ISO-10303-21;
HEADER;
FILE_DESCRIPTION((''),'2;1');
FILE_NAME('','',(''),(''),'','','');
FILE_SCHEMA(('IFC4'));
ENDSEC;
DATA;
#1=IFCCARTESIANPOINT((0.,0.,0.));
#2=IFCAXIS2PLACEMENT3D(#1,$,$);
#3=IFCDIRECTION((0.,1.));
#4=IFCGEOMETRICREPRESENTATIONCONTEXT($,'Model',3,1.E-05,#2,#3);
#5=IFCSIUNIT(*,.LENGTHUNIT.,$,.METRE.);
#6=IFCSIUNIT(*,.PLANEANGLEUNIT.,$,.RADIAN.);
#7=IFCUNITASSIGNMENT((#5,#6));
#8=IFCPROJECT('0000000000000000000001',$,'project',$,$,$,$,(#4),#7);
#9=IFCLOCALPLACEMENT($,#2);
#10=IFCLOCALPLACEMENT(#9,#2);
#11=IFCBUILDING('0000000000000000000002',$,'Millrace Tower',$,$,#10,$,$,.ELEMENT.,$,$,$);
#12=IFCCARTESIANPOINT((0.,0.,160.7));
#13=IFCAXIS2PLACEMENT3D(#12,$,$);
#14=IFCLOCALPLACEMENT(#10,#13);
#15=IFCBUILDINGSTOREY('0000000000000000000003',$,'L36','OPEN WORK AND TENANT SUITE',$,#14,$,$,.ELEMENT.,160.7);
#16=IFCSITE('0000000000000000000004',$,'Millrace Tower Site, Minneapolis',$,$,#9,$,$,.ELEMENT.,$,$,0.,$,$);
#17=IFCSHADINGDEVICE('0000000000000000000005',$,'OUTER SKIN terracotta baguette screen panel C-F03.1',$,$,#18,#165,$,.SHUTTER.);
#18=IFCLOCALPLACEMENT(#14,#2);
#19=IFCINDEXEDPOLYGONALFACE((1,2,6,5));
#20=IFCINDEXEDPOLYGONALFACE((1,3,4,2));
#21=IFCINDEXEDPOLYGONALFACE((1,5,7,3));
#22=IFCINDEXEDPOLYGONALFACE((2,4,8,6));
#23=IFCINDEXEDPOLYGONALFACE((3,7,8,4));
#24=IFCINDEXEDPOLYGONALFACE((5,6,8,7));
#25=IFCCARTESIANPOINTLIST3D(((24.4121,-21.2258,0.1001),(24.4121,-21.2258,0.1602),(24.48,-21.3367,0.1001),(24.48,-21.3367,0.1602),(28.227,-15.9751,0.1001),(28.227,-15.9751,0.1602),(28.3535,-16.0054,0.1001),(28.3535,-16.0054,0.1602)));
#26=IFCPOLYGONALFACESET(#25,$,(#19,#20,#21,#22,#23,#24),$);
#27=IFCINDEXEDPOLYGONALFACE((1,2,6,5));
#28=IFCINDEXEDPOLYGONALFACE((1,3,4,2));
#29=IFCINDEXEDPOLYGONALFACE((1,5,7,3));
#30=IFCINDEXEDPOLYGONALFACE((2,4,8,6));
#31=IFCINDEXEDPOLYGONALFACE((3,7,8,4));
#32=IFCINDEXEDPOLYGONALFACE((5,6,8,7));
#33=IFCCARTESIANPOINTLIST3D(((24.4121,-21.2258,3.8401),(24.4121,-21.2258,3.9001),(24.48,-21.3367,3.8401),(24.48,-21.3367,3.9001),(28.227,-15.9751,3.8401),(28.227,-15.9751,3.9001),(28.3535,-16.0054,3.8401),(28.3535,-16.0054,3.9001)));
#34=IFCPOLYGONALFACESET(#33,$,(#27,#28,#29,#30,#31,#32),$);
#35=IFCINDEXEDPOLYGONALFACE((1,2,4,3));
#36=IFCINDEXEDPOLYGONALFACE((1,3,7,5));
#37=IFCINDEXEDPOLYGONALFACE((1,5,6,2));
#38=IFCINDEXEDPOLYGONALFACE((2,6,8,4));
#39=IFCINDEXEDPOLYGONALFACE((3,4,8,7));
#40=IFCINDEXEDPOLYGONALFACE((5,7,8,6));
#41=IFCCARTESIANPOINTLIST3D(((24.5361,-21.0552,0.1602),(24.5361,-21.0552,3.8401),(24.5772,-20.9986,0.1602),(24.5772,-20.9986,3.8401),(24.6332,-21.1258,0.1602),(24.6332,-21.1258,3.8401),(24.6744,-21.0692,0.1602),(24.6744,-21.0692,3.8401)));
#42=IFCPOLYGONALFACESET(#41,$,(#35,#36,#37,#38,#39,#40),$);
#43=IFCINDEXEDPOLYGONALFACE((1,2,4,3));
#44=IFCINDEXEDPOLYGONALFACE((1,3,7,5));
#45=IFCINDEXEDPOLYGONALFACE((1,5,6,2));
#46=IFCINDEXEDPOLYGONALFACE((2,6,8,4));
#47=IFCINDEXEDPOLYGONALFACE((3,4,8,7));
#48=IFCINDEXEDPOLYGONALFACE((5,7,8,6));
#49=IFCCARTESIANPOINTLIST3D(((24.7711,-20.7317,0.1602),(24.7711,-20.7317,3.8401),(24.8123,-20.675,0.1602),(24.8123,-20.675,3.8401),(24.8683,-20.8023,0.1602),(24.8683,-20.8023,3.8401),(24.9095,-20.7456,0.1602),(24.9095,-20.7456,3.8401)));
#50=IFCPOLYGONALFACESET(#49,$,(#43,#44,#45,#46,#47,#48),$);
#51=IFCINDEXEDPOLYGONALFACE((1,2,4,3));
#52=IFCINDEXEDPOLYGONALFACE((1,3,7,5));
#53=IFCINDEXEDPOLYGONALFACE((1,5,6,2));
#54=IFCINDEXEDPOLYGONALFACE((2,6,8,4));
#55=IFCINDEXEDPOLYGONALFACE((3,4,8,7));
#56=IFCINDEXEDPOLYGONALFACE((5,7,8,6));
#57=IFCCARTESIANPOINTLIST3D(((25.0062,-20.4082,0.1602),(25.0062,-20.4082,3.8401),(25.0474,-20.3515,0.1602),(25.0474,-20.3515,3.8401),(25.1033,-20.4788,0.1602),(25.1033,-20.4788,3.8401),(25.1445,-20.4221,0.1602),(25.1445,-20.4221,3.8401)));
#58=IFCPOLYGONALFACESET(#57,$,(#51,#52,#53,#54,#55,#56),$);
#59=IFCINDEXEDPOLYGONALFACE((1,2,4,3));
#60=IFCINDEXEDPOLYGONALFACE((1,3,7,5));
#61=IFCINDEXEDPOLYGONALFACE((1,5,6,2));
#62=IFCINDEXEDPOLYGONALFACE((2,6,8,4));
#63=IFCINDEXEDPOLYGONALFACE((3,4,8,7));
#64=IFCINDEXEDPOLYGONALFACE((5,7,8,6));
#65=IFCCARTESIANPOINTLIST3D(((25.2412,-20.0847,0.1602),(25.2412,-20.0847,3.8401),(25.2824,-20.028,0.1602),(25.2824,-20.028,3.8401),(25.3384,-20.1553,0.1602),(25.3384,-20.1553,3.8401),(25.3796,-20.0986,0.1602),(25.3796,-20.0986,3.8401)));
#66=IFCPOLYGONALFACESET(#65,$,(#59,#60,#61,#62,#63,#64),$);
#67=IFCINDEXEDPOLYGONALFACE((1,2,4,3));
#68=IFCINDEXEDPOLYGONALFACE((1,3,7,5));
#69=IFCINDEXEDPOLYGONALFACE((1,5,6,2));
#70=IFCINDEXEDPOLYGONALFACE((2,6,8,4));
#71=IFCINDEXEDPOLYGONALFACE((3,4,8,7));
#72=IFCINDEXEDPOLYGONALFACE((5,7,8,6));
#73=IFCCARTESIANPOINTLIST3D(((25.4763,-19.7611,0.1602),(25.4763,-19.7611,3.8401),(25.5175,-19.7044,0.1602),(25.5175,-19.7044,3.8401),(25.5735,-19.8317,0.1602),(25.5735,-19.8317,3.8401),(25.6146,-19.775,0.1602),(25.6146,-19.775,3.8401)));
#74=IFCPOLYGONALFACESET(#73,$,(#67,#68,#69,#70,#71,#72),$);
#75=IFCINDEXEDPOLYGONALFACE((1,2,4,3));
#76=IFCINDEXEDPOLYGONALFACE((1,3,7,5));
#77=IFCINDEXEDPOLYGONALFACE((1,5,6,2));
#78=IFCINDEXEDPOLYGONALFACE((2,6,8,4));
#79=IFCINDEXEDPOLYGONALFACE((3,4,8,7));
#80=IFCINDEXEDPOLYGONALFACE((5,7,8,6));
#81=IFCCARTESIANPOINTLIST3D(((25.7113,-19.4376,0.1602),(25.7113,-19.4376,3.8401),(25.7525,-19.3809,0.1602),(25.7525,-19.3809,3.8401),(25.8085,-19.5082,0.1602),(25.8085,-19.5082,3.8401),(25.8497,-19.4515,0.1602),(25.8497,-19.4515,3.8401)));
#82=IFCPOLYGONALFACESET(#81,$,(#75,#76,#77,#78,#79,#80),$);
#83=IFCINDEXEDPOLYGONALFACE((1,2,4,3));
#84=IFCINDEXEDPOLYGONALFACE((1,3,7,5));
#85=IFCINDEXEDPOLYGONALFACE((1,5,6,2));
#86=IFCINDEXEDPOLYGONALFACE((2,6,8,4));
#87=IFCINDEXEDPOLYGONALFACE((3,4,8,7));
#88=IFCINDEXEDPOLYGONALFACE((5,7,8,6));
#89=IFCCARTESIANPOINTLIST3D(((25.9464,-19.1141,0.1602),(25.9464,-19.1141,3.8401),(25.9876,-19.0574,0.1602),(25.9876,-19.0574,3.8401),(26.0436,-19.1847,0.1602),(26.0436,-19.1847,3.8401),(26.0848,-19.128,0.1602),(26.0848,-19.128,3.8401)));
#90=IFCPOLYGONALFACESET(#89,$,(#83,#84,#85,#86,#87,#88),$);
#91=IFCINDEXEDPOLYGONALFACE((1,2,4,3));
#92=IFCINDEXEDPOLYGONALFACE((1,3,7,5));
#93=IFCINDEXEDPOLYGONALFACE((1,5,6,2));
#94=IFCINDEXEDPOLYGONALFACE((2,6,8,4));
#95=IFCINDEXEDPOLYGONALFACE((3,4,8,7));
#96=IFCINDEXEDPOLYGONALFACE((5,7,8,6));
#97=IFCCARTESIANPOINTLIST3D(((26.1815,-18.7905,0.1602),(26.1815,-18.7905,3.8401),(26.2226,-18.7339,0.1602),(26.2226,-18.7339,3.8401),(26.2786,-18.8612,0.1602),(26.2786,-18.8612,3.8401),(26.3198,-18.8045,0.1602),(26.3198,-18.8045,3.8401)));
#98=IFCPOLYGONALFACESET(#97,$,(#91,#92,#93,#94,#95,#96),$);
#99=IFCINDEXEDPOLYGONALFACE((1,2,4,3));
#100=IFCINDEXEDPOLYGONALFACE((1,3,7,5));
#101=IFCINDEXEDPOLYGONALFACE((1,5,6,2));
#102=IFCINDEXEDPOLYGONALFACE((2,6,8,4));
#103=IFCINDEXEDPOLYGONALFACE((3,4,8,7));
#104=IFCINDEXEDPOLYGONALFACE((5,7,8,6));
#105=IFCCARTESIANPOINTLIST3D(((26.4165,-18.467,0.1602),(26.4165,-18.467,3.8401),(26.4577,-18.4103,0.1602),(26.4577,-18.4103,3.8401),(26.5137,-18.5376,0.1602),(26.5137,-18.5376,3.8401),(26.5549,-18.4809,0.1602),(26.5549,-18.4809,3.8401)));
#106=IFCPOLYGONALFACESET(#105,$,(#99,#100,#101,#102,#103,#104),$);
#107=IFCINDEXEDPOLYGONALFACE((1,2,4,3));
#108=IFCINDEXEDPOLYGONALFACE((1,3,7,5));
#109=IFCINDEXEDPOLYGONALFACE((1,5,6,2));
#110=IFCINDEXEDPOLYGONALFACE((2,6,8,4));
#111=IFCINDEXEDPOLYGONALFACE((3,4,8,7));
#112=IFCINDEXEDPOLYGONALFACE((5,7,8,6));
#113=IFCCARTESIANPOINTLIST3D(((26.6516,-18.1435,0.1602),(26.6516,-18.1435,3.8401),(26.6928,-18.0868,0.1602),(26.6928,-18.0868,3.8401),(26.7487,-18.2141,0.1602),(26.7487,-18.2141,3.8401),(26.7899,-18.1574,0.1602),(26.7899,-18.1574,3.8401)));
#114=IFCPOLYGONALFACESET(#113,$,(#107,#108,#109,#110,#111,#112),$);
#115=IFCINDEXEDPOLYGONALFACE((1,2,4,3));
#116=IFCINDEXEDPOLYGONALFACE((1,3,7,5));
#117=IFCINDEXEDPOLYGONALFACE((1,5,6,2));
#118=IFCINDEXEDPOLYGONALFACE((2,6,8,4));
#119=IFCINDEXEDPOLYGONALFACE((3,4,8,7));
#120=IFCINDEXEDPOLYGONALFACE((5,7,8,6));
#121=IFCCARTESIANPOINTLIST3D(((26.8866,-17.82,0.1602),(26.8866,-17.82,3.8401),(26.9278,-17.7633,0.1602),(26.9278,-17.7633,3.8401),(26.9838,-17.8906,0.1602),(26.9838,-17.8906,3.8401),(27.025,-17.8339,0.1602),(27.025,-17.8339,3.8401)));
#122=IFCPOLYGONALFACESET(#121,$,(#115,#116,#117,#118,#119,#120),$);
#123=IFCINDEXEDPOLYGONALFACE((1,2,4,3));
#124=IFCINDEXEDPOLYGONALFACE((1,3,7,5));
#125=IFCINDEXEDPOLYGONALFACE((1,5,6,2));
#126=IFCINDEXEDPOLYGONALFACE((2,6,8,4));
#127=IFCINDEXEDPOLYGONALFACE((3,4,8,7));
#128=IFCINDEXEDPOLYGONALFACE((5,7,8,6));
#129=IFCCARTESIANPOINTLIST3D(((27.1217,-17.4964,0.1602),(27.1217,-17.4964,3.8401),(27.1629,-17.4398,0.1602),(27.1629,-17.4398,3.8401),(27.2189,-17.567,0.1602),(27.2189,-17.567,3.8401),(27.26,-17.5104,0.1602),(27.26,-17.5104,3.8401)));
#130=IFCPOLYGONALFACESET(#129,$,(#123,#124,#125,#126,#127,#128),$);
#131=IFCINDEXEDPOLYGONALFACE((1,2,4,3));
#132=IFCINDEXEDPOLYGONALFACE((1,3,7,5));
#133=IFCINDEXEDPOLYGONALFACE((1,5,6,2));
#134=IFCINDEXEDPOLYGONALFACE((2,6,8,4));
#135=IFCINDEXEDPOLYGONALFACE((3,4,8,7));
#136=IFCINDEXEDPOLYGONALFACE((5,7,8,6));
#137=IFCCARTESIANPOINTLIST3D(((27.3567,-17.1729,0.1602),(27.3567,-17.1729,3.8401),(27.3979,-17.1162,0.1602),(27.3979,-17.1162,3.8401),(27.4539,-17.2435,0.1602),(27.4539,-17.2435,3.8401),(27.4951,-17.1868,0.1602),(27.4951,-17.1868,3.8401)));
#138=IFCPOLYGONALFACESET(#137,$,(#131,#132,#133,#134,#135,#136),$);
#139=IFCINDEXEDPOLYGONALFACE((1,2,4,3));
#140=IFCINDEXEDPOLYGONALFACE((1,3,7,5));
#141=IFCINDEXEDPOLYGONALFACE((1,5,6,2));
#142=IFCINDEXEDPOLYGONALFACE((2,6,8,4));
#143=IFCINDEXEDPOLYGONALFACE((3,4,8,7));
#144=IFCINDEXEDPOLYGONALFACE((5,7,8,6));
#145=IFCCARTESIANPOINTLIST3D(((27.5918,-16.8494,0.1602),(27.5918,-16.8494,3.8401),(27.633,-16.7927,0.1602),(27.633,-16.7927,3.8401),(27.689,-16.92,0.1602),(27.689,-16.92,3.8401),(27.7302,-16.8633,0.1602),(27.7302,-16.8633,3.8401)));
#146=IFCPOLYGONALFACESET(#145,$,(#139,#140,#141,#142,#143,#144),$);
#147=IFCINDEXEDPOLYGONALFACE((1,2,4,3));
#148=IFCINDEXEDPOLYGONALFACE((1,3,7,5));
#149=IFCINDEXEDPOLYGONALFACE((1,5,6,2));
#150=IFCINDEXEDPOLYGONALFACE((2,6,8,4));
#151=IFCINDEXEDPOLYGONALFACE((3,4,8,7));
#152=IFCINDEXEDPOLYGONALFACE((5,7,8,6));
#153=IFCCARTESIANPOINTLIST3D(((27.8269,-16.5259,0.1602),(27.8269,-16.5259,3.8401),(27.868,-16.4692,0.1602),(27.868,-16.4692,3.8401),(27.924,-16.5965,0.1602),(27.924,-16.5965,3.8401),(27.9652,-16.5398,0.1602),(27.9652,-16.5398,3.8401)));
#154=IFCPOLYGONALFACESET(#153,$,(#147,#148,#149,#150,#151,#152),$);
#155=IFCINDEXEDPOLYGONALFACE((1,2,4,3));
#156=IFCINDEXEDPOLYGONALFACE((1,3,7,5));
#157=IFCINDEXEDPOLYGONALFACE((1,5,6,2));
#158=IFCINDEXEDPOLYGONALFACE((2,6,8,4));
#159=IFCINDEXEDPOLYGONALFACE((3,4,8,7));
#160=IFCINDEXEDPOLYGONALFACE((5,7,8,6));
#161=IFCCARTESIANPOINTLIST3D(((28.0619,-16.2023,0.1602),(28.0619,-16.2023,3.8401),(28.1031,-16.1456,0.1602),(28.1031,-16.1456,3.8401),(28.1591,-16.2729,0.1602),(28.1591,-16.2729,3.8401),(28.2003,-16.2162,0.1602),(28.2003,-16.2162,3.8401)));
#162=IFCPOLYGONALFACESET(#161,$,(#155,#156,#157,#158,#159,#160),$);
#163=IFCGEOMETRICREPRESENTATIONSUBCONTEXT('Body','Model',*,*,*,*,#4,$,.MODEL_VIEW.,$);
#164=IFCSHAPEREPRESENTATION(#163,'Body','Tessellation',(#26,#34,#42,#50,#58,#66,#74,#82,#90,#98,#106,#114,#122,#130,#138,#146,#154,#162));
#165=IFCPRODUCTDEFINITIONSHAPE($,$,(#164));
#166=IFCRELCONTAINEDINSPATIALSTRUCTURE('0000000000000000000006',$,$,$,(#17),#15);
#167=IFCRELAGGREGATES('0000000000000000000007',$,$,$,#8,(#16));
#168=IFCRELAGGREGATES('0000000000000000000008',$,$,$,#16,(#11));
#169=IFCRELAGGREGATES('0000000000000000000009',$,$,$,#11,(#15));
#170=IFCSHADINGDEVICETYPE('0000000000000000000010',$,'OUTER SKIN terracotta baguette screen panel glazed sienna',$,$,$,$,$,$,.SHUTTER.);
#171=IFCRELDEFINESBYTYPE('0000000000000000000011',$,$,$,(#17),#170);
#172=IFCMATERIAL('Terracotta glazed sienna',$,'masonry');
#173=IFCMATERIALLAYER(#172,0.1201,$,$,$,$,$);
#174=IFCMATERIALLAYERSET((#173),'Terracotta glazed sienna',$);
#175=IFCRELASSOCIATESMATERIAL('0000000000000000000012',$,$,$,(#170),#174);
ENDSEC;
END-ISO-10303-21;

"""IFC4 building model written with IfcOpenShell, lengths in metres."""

from ifc_helpers import new_model, entity, si_unit, direction, frame, frame_2d, origin, place, context, subcontext, project, spatial, rectangle, extrude, source, transform, mapped, material, layer, layer_set, type_object, element, save


model = new_model("IFC4")

# Units and contexts
model_context = context("Model", 3, precision=1e-05, world=origin(), true_north=direction((0.0, 1.0)))
body_context = subcontext(model_context, "Body", "Model", "MODEL_VIEW")
ifc_project = project(units=[si_unit("LENGTHUNIT", "METRE"), si_unit("PLANEANGLEUNIT", "RADIAN")], contexts=[model_context])

# Site, building, storey
site_placement = place(None, origin())
site = spatial("IfcSite", under=ifc_project, at=site_placement, Name="Millrace Tower Site, Minneapolis", CompositionType="ELEMENT", RefElevation=0.0)
building_placement = place(site_placement, origin())
building = spatial("IfcBuilding", under=site, at=building_placement, Name="Millrace Tower", CompositionType="ELEMENT")
storey_placement = place(building_placement, frame((0.0, 0.0, 160.7)))
storey = spatial("IfcBuildingStorey", under=building, at=storey_placement, Name="L36", Description="OPEN WORK AND TENANT SUITE", CompositionType="ELEMENT", Elevation=160.7)

# Shading device
ifc_material_1 = material(Name="Terracotta glazed sienna", Category="masonry")
ifc_layer_1 = layer(ifc_material_1, 0.1201)
ifc_layer_set_1 = layer_set([ifc_layer_1], Name="Terracotta glazed sienna")
shading_device_type = type_object("IfcShadingDeviceType", Name="OUTER SKIN terracotta baguette screen panel glazed sienna", PredefinedType="SHUTTER", material=ifc_layer_set_1)
cartesian_point_1 = entity("IfcCartesianPoint", [-3.2451, 0.0601])
shared_polyline_1 = entity("IfcPolyline", [cartesian_point_1, entity("IfcCartesianPoint", [3.2451, 0.0601]), entity("IfcCartesianPoint", [3.2949, -0.0601]), entity("IfcCartesianPoint", [-3.2949, -0.0601]), cartesian_point_1])
shared_shape_1 = source(origin(), body_context, "Body", "SweptSolid", [
    entity("IfcExtrudedAreaSolid", entity("IfcArbitraryClosedProfileDef", "AREA", None, shared_polyline_1), entity("IfcAxis2Placement3D", entity("IfcCartesianPoint", [0.0, 0.0, 0.0])), entity("IfcDirection", [0.0, 0.0, 1.0]), 0.0601),
    entity("IfcExtrudedAreaSolid", entity("IfcArbitraryClosedProfileDef", "AREA", None, shared_polyline_1), entity("IfcAxis2Placement3D", entity("IfcCartesianPoint", [0.0, 0.0, 3.74])), entity("IfcDirection", [0.0, 0.0, 1.0]), 0.0601),
    extrude(rectangle(XDim=0.0701, YDim=0.1201, at=frame_2d((-2.9993, 0.0))), frame((0.0, 0.0, 0.0601)), (0.0, 0.0, 1.0), 3.6799),
    extrude(rectangle(XDim=0.0701, YDim=0.1201, at=frame_2d((-2.5994, 0.0))), frame((0.0, 0.0, 0.0601)), (0.0, 0.0, 1.0), 3.6799),
    extrude(rectangle(XDim=0.0701, YDim=0.1201, at=frame_2d((-2.1995, 0.0))), frame((0.0, 0.0, 0.0601)), (0.0, 0.0, 1.0), 3.6799),
    extrude(rectangle(XDim=0.0701, YDim=0.1201, at=frame_2d((-1.7996, 0.0))), frame((0.0, 0.0, 0.0601)), (0.0, 0.0, 1.0), 3.6799),
    extrude(rectangle(XDim=0.0701, YDim=0.1201, at=frame_2d((-1.3997, 0.0))), frame((0.0, 0.0, 0.0601)), (0.0, 0.0, 1.0), 3.6799),
    extrude(rectangle(XDim=0.0701, YDim=0.1201, at=frame_2d((-0.9998, 0.0))), frame((0.0, 0.0, 0.0601)), (0.0, 0.0, 1.0), 3.6799),
    extrude(rectangle(XDim=0.0701, YDim=0.1201, at=frame_2d((-0.5999, 0.0))), frame((0.0, 0.0, 0.0601)), (0.0, 0.0, 1.0), 3.6799),
    extrude(rectangle(XDim=0.0701, YDim=0.1201, at=frame_2d((-0.2, 0.0))), frame((0.0, 0.0, 0.0601)), (0.0, 0.0, 1.0), 3.6799),
    extrude(rectangle(XDim=0.0701, YDim=0.1201, at=frame_2d((0.2, 0.0))), frame((0.0, 0.0, 0.0601)), (0.0, 0.0, 1.0), 3.6799),
    extrude(rectangle(XDim=0.0701, YDim=0.1201, at=frame_2d((0.5999, 0.0))), frame((0.0, 0.0, 0.0601)), (0.0, 0.0, 1.0), 3.6799),
    extrude(rectangle(XDim=0.0701, YDim=0.1201, at=frame_2d((0.9998, 0.0))), frame((0.0, 0.0, 0.0601)), (0.0, 0.0, 1.0), 3.6799),
    extrude(rectangle(XDim=0.0701, YDim=0.1201, at=frame_2d((1.3997, 0.0))), frame((0.0, 0.0, 0.0601)), (0.0, 0.0, 1.0), 3.6799),
    extrude(rectangle(XDim=0.0701, YDim=0.1201, at=frame_2d((1.7996, 0.0))), frame((0.0, 0.0, 0.0601)), (0.0, 0.0, 1.0), 3.6799),
    extrude(rectangle(XDim=0.0701, YDim=0.1201, at=frame_2d((2.1995, 0.0))), frame((0.0, 0.0, 0.0601)), (0.0, 0.0, 1.0), 3.6799),
    extrude(rectangle(XDim=0.0701, YDim=0.1201, at=frame_2d((2.5994, 0.0))), frame((0.0, 0.0, 0.0601)), (0.0, 0.0, 1.0), 3.6799),
    extrude(rectangle(XDim=0.0701, YDim=0.1201, at=frame_2d((2.9993, 0.0))), frame((0.0, 0.0, 0.0601)), (0.0, 0.0, 1.0), 3.6799),
])
shading_device_1_placement = place(storey_placement, frame((26.3682, -18.6357, 0.1001), z_axis=(0.0, 0.0, 1.0), x_axis=(0.587785, 0.809017, 0.0)))
element("IfcShadingDevice", 1, at=shading_device_1_placement, inside=storey, type_object=shading_device_type, Name="OUTER SKIN terracotta baguette screen panel C-F03.1", PredefinedType="SHUTTER", context=body_context, shape_type="MappedRepresentation", body=[
    mapped(shared_shape_1, transform((0.0, 0.0, 0.0), scale=1.0)),
])

save(model, "model.ifc")
